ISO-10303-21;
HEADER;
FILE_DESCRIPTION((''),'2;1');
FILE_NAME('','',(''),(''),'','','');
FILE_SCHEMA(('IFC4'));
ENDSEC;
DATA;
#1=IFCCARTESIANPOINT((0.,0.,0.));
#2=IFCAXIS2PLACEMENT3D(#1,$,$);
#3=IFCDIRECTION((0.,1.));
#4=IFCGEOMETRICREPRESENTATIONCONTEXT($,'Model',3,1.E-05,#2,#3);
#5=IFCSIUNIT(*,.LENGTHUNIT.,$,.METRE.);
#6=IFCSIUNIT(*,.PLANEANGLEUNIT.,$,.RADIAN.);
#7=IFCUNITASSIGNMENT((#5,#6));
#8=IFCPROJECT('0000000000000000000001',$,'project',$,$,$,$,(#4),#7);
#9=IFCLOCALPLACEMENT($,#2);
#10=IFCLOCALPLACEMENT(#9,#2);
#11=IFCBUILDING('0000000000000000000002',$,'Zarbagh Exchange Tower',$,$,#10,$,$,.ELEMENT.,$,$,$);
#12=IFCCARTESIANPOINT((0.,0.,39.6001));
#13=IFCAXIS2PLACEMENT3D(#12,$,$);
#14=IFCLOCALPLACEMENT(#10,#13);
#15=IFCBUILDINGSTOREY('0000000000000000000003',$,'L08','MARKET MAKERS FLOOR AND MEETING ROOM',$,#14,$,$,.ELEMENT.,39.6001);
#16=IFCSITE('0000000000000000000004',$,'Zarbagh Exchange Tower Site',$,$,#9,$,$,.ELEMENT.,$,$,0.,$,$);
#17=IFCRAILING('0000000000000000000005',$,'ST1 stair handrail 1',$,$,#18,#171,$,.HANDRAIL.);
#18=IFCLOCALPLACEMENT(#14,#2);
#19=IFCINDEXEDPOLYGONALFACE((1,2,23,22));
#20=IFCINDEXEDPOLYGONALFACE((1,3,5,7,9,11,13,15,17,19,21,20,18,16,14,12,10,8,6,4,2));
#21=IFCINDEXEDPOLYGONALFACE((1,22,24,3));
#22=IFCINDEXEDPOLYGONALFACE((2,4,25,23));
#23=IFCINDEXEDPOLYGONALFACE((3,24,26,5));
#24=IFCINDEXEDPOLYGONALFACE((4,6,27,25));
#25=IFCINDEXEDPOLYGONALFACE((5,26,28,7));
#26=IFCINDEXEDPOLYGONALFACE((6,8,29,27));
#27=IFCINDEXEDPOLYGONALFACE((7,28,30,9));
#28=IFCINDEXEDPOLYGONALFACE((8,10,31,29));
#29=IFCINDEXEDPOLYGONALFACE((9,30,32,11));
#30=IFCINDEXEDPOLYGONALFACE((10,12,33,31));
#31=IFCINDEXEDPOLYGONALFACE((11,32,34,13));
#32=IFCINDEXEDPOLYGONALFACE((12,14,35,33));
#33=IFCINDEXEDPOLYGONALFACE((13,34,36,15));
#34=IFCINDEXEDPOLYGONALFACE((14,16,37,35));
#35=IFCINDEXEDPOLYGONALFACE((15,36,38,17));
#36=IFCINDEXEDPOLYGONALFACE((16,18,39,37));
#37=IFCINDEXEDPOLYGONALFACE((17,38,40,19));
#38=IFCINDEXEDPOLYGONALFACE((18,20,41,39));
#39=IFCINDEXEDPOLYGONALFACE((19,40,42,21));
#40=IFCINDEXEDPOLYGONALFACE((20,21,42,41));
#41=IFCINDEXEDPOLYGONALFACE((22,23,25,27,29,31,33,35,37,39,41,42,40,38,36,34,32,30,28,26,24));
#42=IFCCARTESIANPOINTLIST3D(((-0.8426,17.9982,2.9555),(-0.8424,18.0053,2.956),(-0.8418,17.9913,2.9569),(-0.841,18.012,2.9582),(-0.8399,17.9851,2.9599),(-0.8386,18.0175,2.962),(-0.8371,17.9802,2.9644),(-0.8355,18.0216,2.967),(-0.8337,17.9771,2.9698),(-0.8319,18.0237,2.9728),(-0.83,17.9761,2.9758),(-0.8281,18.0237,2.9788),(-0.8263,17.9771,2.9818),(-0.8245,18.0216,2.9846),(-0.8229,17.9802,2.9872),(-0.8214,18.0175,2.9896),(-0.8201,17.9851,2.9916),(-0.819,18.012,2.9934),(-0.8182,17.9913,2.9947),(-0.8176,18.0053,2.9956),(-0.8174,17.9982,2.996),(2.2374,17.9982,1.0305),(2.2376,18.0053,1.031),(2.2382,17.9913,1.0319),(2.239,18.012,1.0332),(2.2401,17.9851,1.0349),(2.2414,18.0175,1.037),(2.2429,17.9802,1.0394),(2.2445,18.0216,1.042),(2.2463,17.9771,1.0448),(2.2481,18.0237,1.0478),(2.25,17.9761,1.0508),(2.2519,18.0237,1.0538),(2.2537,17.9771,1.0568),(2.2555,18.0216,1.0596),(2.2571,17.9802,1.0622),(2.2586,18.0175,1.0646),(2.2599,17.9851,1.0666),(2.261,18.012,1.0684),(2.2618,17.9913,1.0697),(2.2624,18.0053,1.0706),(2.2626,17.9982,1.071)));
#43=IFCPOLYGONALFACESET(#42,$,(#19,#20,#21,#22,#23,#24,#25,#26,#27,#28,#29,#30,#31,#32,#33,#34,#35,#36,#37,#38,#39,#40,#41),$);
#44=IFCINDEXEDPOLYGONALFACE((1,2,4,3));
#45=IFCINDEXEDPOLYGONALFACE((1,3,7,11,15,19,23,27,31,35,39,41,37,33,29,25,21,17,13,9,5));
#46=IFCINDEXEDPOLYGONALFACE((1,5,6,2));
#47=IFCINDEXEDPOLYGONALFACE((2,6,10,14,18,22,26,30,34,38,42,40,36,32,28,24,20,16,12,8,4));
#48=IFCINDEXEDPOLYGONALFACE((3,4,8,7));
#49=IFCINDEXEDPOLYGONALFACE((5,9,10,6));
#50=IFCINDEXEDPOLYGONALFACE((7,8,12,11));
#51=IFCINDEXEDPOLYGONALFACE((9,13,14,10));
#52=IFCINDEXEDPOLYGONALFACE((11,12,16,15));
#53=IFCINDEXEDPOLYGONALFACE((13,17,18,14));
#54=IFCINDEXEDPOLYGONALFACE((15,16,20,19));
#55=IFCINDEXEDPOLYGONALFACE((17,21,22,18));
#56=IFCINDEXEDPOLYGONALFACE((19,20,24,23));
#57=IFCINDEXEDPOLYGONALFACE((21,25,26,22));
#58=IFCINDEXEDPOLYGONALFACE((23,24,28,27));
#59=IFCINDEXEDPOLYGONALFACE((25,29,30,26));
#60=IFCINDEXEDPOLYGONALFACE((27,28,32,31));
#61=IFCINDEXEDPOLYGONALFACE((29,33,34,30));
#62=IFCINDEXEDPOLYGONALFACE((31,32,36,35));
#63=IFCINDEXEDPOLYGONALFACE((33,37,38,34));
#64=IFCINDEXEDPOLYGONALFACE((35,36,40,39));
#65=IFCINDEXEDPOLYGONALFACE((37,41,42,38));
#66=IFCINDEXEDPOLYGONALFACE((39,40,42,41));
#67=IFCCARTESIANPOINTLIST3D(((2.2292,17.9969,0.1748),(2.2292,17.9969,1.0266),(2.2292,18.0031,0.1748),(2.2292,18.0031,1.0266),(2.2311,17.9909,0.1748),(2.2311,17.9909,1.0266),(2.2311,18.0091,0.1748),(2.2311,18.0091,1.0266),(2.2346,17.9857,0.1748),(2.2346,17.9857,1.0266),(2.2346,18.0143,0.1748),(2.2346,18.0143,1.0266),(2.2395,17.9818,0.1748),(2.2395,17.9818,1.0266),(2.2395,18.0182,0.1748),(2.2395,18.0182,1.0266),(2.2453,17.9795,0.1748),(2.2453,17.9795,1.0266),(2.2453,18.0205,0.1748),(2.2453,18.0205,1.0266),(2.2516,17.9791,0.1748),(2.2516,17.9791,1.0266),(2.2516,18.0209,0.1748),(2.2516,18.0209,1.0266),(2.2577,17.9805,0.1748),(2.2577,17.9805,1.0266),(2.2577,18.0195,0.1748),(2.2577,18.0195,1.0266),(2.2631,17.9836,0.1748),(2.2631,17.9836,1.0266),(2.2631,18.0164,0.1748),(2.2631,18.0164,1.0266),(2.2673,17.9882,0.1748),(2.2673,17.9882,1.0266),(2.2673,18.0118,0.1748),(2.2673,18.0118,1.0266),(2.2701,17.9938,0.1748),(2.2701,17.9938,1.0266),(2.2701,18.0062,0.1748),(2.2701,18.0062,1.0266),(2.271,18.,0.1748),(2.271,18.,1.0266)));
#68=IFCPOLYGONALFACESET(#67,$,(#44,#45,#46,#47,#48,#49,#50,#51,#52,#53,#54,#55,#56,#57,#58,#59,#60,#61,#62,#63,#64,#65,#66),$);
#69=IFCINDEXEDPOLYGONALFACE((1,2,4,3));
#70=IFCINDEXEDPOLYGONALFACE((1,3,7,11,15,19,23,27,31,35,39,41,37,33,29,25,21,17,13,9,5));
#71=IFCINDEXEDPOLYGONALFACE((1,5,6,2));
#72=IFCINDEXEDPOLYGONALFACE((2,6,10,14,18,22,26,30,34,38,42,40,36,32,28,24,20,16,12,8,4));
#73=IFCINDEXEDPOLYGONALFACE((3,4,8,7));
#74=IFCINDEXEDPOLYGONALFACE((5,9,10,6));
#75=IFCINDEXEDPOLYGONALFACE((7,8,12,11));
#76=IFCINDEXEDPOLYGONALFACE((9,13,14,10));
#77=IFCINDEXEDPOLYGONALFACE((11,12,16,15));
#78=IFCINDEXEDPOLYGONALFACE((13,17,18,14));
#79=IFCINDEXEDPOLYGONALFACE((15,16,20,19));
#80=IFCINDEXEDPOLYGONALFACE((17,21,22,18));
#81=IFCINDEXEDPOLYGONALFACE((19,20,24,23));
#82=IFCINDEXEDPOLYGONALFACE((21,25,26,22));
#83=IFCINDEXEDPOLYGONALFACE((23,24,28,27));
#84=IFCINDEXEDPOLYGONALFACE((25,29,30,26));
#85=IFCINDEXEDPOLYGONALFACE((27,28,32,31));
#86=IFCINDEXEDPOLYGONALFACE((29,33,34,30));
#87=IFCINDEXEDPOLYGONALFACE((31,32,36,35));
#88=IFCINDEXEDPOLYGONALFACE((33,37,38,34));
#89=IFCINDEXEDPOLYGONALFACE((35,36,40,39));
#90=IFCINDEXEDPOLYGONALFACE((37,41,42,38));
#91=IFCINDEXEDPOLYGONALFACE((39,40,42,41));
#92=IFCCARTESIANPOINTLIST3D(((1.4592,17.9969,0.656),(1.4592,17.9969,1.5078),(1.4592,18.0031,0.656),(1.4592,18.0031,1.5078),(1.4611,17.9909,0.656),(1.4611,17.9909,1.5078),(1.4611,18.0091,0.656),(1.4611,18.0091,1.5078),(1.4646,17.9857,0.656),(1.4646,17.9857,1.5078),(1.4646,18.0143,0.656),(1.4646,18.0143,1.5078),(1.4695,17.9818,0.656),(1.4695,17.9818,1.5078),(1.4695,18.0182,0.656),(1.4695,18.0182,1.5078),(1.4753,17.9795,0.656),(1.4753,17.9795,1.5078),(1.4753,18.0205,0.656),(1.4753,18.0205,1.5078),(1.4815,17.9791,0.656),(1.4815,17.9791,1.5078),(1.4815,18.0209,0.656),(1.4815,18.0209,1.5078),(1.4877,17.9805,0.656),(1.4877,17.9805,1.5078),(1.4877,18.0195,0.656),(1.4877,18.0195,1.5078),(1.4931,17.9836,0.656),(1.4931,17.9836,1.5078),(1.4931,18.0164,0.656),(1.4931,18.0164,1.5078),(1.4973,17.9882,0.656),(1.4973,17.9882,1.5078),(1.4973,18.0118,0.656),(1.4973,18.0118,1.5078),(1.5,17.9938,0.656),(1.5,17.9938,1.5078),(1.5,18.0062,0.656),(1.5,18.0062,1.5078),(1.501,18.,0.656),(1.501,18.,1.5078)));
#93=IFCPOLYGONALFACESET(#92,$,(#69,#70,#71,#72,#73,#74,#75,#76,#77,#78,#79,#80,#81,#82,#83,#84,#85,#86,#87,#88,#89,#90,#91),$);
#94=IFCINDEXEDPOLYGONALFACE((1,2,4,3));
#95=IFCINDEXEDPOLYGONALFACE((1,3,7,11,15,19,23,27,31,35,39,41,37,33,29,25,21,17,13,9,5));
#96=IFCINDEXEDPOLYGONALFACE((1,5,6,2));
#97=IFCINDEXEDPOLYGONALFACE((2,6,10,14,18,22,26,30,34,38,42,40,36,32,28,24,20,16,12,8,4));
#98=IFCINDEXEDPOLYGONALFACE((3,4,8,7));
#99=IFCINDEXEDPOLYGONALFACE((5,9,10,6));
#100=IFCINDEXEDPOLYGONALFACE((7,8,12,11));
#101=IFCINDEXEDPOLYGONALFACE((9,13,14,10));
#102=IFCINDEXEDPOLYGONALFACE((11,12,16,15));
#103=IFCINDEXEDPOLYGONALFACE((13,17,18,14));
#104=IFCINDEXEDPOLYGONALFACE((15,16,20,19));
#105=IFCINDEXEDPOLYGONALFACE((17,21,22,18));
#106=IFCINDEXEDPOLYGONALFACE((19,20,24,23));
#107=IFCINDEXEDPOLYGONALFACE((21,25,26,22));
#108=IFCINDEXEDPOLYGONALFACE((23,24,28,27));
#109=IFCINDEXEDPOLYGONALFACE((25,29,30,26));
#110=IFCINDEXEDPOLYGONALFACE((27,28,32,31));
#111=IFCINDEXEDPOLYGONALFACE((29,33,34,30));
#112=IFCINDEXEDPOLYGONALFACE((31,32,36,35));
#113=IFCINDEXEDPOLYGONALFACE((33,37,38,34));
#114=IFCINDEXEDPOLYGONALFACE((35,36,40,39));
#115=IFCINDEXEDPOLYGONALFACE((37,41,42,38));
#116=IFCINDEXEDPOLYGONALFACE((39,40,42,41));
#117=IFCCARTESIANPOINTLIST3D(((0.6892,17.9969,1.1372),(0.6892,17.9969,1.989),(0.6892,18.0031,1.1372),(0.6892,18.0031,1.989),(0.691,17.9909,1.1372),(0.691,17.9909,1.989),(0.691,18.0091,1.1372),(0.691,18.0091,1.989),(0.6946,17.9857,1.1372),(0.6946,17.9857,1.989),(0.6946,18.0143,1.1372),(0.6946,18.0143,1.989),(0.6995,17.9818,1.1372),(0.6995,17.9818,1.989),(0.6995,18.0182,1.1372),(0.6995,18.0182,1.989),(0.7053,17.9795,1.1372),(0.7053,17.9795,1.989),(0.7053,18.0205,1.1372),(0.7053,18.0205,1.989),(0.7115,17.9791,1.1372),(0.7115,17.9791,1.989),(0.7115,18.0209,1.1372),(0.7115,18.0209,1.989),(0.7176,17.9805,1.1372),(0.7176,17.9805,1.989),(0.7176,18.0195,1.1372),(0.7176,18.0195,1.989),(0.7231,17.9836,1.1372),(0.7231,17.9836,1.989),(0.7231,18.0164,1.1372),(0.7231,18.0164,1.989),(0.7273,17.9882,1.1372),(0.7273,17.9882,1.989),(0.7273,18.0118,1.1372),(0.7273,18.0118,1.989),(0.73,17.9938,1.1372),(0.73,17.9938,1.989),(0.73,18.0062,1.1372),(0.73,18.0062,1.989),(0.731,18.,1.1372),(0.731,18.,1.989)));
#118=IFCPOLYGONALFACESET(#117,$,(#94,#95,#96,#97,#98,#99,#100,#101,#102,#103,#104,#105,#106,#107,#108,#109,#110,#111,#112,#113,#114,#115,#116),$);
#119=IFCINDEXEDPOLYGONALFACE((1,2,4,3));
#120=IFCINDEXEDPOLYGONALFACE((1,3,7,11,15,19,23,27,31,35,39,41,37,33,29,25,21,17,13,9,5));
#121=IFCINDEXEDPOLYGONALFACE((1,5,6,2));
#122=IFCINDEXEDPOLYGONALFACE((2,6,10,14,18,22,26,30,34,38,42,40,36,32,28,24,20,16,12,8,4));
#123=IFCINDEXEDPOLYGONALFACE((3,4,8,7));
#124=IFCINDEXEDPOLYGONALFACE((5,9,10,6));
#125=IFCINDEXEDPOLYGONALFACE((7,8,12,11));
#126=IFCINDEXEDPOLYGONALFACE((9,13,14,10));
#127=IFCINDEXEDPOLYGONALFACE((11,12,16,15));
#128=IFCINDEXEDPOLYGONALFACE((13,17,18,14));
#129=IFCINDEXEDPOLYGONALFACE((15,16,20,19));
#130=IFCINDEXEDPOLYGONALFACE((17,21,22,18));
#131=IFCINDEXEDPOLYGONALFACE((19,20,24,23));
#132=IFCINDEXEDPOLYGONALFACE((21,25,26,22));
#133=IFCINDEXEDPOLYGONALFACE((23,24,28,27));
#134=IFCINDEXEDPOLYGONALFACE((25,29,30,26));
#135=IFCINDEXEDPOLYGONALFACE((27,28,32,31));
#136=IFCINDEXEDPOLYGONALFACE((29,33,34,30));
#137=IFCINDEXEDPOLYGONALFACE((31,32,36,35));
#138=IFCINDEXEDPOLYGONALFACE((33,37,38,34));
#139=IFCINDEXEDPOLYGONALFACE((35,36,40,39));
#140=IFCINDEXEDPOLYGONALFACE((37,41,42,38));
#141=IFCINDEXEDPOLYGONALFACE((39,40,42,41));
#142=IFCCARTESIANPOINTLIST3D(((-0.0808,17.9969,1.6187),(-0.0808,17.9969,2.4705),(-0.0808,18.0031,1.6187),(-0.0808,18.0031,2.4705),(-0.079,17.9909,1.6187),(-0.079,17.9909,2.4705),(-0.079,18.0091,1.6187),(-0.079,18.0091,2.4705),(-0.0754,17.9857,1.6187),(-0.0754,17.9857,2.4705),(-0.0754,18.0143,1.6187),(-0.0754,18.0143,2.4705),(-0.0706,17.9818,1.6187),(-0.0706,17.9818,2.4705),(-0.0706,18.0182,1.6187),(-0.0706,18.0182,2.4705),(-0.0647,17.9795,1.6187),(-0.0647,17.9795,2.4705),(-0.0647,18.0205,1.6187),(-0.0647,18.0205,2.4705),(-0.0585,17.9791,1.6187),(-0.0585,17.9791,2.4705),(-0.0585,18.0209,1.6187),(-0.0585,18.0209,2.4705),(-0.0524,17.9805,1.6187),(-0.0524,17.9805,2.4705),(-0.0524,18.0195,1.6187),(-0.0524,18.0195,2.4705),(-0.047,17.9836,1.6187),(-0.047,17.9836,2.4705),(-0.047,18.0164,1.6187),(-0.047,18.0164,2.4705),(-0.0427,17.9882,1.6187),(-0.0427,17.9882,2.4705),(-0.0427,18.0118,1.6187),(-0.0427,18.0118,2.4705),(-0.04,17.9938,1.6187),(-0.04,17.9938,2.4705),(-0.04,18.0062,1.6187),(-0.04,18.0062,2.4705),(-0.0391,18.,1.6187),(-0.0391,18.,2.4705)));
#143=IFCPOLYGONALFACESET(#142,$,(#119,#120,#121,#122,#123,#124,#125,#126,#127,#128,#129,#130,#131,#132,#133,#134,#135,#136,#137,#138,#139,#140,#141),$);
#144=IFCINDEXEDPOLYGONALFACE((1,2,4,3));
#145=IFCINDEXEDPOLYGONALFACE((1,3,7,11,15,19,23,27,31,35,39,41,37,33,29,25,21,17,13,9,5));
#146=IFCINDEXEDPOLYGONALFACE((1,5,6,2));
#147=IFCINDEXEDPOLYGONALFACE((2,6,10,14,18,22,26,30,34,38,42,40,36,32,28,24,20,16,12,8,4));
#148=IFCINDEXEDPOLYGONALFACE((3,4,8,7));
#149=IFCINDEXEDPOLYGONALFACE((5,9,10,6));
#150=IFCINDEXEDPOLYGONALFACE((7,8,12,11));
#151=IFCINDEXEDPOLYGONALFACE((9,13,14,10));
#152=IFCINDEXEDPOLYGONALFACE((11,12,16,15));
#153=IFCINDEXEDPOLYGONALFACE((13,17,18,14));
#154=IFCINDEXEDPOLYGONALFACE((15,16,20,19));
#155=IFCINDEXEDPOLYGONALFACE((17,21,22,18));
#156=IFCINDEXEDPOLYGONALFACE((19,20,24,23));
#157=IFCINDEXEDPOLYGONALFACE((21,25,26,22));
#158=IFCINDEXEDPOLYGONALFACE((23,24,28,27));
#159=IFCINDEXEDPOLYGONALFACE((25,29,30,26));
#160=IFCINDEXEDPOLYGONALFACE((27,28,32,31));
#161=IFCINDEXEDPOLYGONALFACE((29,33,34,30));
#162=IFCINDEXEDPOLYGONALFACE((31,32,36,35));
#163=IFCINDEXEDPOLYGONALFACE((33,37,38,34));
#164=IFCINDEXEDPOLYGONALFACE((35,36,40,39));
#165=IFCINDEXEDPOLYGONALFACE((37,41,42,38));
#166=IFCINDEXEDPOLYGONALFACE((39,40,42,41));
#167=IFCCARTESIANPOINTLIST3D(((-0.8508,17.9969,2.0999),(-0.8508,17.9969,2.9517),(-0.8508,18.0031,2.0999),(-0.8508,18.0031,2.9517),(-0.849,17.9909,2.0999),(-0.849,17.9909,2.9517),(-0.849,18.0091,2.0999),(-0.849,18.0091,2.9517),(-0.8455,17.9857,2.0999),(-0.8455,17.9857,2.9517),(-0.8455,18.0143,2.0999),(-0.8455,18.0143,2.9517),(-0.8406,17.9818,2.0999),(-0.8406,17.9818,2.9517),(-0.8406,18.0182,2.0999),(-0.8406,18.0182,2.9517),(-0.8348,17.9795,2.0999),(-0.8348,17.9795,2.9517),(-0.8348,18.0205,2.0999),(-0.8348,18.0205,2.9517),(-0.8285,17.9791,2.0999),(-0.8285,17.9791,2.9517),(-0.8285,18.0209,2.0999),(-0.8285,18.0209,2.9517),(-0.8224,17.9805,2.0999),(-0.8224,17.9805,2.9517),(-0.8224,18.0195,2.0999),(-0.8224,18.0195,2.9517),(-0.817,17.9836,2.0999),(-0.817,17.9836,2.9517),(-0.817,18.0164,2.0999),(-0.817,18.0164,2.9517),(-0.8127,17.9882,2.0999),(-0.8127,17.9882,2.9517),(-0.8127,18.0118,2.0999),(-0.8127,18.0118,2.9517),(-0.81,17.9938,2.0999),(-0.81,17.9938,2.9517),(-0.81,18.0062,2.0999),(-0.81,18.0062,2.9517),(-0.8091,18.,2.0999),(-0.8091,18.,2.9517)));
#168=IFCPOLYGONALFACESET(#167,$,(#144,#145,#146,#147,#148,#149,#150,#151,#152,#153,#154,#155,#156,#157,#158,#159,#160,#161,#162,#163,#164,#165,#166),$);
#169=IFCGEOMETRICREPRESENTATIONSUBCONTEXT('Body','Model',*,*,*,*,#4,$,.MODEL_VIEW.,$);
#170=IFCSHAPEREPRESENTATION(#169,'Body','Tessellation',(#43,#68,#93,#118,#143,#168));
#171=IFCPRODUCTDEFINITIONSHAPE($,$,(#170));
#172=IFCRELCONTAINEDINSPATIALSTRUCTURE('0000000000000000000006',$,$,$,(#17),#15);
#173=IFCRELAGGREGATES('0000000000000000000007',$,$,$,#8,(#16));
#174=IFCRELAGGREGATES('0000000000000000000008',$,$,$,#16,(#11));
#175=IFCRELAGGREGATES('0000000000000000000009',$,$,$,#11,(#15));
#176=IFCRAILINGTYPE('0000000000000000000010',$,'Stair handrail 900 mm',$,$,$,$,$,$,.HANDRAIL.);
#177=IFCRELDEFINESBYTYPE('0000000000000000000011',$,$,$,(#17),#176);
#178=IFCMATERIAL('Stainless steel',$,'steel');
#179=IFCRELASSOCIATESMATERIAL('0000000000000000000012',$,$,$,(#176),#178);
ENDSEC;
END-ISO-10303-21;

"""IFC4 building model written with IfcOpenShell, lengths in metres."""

from ifc_helpers import new_model, si_unit, direction, frame, origin, origin_2d, place, context, subcontext, project, spatial, circle, extrude, material, type_object, element, save


model = new_model("IFC4")

# Units and contexts
model_context = context("Model", 3, precision=1e-05, world=origin(), true_north=direction((0.0, 1.0)))
body_context = subcontext(model_context, "Body", "Model", "MODEL_VIEW")
ifc_project = project(units=[si_unit("LENGTHUNIT", "METRE"), si_unit("PLANEANGLEUNIT", "RADIAN")], contexts=[model_context])

# Site, building, storey
site_placement = place(None, origin())
site = spatial("IfcSite", under=ifc_project, at=site_placement, Name="Zarbagh Exchange Tower Site", CompositionType="ELEMENT", RefElevation=0.0)
building_placement = place(site_placement, origin())
building = spatial("IfcBuilding", under=site, at=building_placement, Name="Zarbagh Exchange Tower", CompositionType="ELEMENT")
storey_placement = place(building_placement, frame((0.0, 0.0, 39.6001)))
storey = spatial("IfcBuildingStorey", under=building, at=storey_placement, Name="L08", Description="MARKET MAKERS FLOOR AND MEETING ROOM", CompositionType="ELEMENT", Elevation=39.6001)

# Shared definitions
ifc_material_1 = material(Name="Stainless steel", Category="steel")

# Railing
railing_type = type_object("IfcRailingType", Name="Stair handrail 900 mm", PredefinedType="HANDRAIL", material=ifc_material_1)
railing_placement = place(storey_placement, frame((2.25, 18.0, 0.1748)))
element("IfcRailing", 1, at=railing_placement, inside=storey, type_object=railing_type, Name="ST1 stair handrail 1", PredefinedType="HANDRAIL", context=body_context, shape_type="SweptSolid", body=[
    extrude(circle(Radius=0.0239, at=origin_2d()), frame((0.0, 0.0, 0.876), z_axis=(-0.847998, 0.0, 0.529999), x_axis=(0.0, -1.0, 0.0)), (0.0, 0.0, 1.0), 3.6321),
    extrude(circle(Radius=0.021, at=origin_2d()), origin(), (0.0, 0.0, 1.0), 0.8518),
    extrude(circle(Radius=0.021, at=origin_2d()), frame((-0.77, 0.0, 0.4812)), (0.0, 0.0, 1.0), 0.8518),
    extrude(circle(Radius=0.021, at=origin_2d()), frame((-1.54, 0.0, 0.9624)), (0.0, 0.0, 1.0), 0.8518),
    extrude(circle(Radius=0.021, at=origin_2d()), frame((-2.3101, 0.0, 1.4438)), (0.0, 0.0, 1.0), 0.8518),
    extrude(circle(Radius=0.021, at=origin_2d()), frame((-3.0801, 0.0, 1.925)), (0.0, 0.0, 1.0), 0.8518),
])

save(model, "model.ifc")
